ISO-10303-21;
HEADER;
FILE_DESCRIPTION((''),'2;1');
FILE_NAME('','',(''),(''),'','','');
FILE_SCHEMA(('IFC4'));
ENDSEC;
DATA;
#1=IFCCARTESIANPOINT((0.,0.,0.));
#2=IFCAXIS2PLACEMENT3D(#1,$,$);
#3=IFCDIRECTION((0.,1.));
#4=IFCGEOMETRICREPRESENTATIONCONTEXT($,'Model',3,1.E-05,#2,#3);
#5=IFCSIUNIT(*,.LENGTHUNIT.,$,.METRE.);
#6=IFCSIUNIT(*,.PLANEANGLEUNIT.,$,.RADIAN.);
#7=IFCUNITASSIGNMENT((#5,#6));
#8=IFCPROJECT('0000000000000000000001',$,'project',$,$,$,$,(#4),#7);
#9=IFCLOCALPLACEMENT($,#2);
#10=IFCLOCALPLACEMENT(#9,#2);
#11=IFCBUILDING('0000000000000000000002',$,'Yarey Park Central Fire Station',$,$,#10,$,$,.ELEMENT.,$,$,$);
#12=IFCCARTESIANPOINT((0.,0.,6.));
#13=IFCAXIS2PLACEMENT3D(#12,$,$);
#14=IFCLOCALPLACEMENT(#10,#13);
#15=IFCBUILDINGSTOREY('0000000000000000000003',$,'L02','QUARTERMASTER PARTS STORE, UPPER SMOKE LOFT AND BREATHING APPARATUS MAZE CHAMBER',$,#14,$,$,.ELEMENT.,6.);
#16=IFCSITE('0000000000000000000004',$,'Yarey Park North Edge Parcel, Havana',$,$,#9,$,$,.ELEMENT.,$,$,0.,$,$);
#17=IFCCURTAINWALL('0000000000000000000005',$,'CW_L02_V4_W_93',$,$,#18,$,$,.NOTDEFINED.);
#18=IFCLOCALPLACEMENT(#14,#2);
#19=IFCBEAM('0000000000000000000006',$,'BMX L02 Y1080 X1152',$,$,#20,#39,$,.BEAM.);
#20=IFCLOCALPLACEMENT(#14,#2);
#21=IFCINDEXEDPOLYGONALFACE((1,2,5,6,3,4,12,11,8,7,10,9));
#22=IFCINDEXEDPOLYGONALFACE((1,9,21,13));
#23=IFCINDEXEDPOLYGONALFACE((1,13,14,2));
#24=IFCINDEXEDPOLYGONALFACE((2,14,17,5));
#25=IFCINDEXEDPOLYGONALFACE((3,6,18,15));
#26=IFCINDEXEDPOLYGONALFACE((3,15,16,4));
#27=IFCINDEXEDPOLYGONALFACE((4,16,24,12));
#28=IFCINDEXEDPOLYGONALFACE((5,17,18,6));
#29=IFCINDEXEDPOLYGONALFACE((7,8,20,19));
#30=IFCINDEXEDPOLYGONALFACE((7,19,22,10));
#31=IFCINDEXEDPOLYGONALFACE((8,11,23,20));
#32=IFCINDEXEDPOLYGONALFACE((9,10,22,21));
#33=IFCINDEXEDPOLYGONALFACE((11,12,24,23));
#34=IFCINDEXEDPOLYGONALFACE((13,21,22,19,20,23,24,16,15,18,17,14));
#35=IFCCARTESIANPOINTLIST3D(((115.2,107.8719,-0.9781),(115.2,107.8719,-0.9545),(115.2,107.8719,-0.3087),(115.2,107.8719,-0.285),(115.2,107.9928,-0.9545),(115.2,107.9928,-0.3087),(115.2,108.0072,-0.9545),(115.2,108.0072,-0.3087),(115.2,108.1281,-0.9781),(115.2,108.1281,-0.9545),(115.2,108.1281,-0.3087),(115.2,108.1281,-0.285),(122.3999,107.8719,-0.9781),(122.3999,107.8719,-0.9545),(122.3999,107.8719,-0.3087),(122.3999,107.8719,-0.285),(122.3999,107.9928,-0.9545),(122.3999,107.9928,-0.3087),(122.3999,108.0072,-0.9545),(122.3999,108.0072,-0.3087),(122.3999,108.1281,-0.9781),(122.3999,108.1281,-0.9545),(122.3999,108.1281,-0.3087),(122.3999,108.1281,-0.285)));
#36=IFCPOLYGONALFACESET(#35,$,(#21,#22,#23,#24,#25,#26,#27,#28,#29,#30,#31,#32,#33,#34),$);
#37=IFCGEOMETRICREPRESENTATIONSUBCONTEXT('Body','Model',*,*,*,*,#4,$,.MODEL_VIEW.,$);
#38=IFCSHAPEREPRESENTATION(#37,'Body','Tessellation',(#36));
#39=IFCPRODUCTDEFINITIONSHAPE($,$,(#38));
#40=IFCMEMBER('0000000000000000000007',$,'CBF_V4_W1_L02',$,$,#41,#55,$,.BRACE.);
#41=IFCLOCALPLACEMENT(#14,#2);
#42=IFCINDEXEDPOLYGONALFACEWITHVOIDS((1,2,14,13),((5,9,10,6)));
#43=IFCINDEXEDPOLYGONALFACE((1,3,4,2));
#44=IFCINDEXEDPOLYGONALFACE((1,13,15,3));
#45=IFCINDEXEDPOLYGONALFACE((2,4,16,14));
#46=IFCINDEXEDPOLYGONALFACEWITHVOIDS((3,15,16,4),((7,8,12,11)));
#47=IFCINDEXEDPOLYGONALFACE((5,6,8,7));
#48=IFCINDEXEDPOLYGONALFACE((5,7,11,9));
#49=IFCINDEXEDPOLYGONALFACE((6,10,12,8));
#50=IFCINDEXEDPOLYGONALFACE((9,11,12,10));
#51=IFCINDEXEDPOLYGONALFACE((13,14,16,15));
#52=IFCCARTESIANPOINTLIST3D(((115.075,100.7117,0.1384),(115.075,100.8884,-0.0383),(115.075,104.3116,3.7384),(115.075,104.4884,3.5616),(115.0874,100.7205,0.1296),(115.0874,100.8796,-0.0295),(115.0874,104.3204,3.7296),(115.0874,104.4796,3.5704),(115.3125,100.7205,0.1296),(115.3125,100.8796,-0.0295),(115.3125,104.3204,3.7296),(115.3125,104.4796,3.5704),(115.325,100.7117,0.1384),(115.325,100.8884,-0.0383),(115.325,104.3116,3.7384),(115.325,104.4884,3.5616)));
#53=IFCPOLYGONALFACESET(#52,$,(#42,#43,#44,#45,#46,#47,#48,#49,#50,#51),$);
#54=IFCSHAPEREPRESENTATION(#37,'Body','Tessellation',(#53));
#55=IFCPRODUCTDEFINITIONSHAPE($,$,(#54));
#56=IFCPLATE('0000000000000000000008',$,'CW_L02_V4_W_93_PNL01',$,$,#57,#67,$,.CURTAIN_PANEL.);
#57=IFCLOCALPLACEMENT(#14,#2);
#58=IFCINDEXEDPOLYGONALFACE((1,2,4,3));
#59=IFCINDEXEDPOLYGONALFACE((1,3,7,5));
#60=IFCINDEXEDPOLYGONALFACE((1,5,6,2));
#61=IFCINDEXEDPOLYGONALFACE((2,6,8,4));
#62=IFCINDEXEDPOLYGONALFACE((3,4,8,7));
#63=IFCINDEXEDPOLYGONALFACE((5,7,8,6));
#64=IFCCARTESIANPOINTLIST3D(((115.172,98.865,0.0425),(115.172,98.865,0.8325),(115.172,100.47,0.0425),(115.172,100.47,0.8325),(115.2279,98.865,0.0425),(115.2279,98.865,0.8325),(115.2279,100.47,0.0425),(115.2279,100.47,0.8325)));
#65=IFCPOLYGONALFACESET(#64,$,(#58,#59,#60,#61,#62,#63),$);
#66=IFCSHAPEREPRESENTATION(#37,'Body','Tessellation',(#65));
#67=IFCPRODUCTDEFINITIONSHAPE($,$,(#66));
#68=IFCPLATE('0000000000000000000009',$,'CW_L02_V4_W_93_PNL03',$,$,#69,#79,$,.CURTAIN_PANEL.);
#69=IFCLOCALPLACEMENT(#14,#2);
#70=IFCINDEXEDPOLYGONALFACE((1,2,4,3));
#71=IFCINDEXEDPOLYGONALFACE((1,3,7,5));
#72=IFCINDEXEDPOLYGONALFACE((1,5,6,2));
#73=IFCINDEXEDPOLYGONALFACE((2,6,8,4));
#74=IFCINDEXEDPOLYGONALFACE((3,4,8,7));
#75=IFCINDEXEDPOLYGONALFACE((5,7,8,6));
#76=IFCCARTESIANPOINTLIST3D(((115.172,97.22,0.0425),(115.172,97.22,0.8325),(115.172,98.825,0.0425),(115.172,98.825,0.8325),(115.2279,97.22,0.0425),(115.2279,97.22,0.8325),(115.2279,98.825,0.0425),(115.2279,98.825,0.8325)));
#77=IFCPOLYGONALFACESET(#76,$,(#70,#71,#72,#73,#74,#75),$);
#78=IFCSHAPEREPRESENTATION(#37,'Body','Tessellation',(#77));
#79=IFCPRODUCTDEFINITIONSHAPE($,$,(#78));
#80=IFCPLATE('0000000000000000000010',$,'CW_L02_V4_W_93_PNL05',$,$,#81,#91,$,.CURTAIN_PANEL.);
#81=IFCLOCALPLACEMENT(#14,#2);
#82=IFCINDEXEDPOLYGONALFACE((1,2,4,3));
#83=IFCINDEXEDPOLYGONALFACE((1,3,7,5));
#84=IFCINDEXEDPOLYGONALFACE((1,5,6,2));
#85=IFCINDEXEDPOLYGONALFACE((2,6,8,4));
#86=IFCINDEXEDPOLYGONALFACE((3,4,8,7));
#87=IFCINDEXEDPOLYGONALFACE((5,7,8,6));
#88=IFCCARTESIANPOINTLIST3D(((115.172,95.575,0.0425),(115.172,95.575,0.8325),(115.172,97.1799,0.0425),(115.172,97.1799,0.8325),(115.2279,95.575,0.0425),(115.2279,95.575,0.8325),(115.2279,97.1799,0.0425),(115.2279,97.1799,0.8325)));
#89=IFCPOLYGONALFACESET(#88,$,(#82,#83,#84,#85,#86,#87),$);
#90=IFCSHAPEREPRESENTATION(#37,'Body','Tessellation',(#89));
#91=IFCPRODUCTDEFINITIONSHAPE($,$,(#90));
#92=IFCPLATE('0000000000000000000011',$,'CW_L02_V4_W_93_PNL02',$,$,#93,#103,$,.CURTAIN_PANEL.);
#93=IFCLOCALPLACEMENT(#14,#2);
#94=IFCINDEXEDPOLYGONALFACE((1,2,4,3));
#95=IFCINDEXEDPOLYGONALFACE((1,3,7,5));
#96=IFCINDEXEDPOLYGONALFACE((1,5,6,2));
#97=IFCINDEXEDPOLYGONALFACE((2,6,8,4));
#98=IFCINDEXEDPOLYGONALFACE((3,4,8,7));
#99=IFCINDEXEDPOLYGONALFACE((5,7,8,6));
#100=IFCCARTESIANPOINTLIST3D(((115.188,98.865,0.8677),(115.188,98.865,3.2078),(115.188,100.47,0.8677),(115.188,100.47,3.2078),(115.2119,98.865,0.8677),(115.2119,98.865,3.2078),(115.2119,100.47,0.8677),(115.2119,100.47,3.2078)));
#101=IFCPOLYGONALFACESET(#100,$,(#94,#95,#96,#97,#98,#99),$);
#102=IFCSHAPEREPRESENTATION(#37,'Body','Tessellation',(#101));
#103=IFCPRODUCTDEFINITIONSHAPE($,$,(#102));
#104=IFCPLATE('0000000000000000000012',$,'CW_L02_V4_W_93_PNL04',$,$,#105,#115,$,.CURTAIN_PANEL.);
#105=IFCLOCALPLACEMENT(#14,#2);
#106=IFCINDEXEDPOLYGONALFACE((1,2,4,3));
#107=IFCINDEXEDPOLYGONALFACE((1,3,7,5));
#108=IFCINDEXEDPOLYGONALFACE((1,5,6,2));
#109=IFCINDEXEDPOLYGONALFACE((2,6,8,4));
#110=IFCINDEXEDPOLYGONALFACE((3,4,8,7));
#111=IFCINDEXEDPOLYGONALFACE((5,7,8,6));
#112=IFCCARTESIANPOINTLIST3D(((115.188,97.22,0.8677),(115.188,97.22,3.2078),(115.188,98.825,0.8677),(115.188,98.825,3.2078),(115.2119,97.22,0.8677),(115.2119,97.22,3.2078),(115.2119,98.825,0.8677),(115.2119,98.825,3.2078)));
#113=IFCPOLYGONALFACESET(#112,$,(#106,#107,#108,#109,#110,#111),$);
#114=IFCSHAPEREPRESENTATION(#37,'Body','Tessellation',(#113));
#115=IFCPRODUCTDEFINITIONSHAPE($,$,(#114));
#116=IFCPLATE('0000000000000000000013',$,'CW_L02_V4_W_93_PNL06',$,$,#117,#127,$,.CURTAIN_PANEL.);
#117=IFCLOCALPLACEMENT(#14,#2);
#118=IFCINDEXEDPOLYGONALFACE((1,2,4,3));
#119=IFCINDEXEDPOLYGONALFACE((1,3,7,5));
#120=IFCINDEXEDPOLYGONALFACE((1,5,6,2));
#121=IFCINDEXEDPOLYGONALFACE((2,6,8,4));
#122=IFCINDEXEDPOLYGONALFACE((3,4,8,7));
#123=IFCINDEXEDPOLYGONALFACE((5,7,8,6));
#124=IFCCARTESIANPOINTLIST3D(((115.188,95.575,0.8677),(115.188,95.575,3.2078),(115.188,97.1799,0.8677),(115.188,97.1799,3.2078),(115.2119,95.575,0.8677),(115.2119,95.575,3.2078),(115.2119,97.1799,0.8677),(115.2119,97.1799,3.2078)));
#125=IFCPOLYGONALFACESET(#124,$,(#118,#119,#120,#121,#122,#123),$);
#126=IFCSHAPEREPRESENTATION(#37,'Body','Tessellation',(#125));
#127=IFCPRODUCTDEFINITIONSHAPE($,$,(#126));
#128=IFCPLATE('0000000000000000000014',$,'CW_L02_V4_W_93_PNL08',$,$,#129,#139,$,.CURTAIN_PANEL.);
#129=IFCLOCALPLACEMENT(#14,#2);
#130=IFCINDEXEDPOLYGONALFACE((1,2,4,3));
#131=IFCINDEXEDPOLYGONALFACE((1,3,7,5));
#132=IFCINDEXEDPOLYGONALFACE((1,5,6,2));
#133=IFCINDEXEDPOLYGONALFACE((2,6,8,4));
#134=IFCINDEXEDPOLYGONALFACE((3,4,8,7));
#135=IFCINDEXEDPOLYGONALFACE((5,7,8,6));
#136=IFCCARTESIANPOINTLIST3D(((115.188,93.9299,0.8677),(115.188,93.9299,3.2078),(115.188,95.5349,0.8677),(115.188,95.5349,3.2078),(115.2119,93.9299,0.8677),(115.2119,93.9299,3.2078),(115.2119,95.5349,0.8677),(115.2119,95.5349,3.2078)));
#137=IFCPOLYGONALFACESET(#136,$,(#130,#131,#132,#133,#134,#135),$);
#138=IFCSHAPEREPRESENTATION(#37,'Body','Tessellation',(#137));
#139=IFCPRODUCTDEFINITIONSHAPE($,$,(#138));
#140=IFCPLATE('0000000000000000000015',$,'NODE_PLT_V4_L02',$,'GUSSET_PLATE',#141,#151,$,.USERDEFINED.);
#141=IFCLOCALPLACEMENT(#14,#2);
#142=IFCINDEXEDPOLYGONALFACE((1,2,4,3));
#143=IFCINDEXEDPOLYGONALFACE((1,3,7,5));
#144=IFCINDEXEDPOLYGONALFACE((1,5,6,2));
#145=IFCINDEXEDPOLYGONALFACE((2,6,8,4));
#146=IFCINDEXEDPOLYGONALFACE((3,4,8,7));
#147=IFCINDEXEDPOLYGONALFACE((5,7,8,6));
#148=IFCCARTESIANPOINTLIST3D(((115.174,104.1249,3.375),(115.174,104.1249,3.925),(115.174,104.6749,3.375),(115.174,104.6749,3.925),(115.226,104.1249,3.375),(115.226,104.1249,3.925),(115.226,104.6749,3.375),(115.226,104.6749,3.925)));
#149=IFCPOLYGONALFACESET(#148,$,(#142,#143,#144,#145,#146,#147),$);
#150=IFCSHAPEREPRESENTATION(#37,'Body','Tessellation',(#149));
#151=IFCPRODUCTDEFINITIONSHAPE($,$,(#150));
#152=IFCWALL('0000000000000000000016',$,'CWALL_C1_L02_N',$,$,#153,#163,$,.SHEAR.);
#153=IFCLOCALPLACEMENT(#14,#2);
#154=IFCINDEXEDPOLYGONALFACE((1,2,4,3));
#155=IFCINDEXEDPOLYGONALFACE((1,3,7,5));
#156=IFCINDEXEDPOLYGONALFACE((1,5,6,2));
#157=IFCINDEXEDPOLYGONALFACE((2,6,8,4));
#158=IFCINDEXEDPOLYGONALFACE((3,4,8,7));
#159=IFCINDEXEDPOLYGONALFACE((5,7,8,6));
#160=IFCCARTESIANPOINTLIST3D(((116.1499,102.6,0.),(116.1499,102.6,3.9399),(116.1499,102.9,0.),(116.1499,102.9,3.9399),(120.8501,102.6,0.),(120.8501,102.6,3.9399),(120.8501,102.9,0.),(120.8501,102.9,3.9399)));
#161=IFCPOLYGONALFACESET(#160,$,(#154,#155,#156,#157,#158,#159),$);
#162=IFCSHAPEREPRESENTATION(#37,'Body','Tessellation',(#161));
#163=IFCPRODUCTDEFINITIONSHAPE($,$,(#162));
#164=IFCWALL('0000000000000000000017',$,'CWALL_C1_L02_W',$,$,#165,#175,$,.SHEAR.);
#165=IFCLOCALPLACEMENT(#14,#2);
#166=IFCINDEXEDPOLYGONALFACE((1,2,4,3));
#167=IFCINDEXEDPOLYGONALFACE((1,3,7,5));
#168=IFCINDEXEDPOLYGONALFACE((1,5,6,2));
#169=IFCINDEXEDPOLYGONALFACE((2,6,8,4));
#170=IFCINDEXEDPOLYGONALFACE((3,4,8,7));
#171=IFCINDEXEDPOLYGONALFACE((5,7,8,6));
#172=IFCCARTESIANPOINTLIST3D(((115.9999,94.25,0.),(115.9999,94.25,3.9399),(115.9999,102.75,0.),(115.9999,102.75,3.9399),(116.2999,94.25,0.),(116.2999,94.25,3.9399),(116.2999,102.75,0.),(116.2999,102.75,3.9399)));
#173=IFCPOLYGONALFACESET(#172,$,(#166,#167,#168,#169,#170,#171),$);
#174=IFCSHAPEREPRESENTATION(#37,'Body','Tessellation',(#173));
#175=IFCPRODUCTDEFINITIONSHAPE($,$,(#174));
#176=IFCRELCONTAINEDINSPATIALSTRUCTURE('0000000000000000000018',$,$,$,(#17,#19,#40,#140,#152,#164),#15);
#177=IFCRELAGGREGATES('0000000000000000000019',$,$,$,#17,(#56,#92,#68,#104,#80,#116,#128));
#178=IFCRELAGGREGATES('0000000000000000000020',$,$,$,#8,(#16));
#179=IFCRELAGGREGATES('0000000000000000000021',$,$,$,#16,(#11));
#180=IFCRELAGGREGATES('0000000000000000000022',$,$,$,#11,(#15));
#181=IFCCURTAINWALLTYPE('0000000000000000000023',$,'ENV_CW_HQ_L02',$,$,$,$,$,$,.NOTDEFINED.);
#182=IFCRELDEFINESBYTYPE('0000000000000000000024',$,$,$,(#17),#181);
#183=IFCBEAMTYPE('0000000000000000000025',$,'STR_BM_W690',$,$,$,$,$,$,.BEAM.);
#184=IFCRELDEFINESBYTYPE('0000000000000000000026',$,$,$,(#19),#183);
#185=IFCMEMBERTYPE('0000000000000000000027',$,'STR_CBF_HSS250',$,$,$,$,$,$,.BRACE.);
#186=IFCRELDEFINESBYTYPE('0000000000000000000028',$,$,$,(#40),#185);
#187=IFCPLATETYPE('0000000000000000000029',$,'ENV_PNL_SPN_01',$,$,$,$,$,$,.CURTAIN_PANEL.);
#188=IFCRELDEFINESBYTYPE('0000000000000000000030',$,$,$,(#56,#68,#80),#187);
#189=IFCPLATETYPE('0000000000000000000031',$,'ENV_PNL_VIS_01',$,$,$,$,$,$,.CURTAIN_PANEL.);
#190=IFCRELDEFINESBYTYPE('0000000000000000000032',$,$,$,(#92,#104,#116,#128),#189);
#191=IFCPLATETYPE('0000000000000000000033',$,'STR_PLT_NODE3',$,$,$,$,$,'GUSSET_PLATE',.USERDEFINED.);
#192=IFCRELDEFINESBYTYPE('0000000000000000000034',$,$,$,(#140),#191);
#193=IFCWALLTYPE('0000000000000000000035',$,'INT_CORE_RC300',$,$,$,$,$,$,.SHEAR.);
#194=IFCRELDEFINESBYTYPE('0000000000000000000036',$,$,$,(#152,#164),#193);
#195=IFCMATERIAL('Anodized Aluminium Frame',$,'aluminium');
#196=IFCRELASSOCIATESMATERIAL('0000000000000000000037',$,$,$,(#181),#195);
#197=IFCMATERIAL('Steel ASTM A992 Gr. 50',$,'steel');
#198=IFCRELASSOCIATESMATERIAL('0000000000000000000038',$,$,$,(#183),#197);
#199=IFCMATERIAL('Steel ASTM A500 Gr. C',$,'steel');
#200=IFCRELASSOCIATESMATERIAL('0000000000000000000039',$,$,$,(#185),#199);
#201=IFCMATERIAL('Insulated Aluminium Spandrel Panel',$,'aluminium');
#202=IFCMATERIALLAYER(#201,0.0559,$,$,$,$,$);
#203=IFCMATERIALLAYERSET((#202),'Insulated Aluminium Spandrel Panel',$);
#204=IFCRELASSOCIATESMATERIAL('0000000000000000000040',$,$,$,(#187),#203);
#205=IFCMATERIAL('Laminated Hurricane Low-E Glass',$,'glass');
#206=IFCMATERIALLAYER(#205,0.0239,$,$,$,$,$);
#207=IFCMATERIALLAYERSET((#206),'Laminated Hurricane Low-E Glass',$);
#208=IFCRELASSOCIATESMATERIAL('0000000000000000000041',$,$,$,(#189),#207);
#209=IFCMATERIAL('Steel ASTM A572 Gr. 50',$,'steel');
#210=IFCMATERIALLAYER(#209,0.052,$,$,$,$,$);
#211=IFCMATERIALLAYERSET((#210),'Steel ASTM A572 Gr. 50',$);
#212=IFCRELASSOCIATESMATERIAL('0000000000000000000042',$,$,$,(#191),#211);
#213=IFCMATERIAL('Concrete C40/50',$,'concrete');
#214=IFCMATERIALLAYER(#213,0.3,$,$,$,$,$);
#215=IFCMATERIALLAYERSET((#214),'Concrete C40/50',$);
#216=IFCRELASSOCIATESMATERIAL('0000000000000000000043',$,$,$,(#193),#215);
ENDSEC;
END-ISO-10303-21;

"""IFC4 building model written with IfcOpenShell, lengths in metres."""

from ifc_helpers import new_model, si_unit, direction, frame, frame_2d, origin, origin_2d, place, context, subcontext, project, spatial, rectangle, hollow_rectangle, i_section, extrude, material, layer, layer_set, material_profile, profile_set, type_object, element, aggregate, save


model = new_model("IFC4")

# Units and contexts
model_context = context("Model", 3, precision=1e-05, world=origin(), true_north=direction((0.0, 1.0)))
body_context = subcontext(model_context, "Body", "Model", "MODEL_VIEW")
ifc_project = project(units=[si_unit("LENGTHUNIT", "METRE"), si_unit("PLANEANGLEUNIT", "RADIAN")], contexts=[model_context])

# Site, building, storey
site_placement = place(None, origin())
site = spatial("IfcSite", under=ifc_project, at=site_placement, Name="Yarey Park North Edge Parcel, Havana", CompositionType="ELEMENT", RefElevation=0.0)
building_placement = place(site_placement, origin())
building = spatial("IfcBuilding", under=site, at=building_placement, Name="Yarey Park Central Fire Station", CompositionType="ELEMENT")
storey_placement = place(building_placement, frame((0.0, 0.0, 6.0)))
storey = spatial("IfcBuildingStorey", under=building, at=storey_placement, Name="L02", Description="QUARTERMASTER PARTS STORE, UPPER SMOKE LOFT AND BREATHING APPARATUS MAZE CHAMBER", CompositionType="ELEMENT", Elevation=6.0)

# Shared definitions
ifc_material_1 = material(Name="Concrete C40/50", Category="concrete")

# Curtain wall
ifc_material_2 = material(Name="Anodized Aluminium Frame", Category="aluminium")
curtain_wall_type = type_object("IfcCurtainWallType", Name="ENV_CW_HQ_L02", PredefinedType="NOTDEFINED", material=ifc_material_2)
curtain_wall_placement = place(storey_placement, origin())
curtain_wall = element("IfcCurtainWall", 1, at=curtain_wall_placement, inside=storey, type_object=curtain_wall_type, Name="CW_L02_V4_W_93", PredefinedType="NOTDEFINED")

# Beam
ifc_material_3 = material(Name="Steel ASTM A992 Gr. 50", Category="steel")
ifc_material_profile_1 = material_profile(ifc_material_3, i_section(OverallWidth=0.2561, OverallDepth=0.6931, WebThickness=0.0144, FlangeThickness=0.0237, at=origin_2d()), Name="W690x170")
ifc_profile_set_1 = profile_set([ifc_material_profile_1], Name="Steel ASTM A992 Gr. 50")
beam_type_1 = type_object("IfcBeamType", Name="STR_BM_W690", PredefinedType="BEAM", material=ifc_profile_set_1)
beam_1_placement = place(storey_placement, frame((115.2, 108.0, -0.6316), z_axis=(1.0, 0.0, 0.0), x_axis=(0.0, 1.0, 0.0)))
element("IfcBeam", 2, at=beam_1_placement, inside=storey, type_object=beam_type_1, Name="BMX L02 Y1080 X1152", PredefinedType="BEAM", context=body_context, shape_type="SweptSolid", body=[
    extrude(i_section(OverallWidth=0.2561, OverallDepth=0.6931, WebThickness=0.0144, FlangeThickness=0.0237, at=origin_2d()), origin(), (0.0, 0.0, 1.0), 7.2),
])

# Member
ifc_material_4 = material(Name="Steel ASTM A500 Gr. C", Category="steel")
ifc_material_profile_2 = material_profile(ifc_material_4, hollow_rectangle(XDim=0.25, YDim=0.25, WallThickness=0.0125, at=origin_2d()), Name="HSS 250x250x12.5")
ifc_profile_set_2 = profile_set([ifc_material_profile_2], Name="Steel ASTM A500 Gr. C")
member_type_1 = type_object("IfcMemberType", Name="STR_CBF_HSS250", PredefinedType="BRACE", material=ifc_profile_set_2)
member_1_placement = place(storey_placement, frame((115.2, 100.8, 0.05), z_axis=(0.0, 0.707107, 0.707107), x_axis=(-1.0, 0.0, 0.0)))
element("IfcMember", 3, at=member_1_placement, inside=storey, type_object=member_type_1, Name="CBF_V4_W1_L02", PredefinedType="BRACE", context=body_context, shape_type="SweptSolid", body=[
    extrude(hollow_rectangle(XDim=0.25, YDim=0.25, WallThickness=0.0125, at=origin_2d()), origin(), (0.0, 0.0, 1.0), 5.0911),
])

# Plates
ifc_material_5 = material(Name="Insulated Aluminium Spandrel Panel", Category="aluminium")
ifc_layer_1 = layer(ifc_material_5, 0.0559)
ifc_layer_set_1 = layer_set([ifc_layer_1], Name="Insulated Aluminium Spandrel Panel")
plate_type_1 = type_object("IfcPlateType", Name="ENV_PNL_SPN_01", PredefinedType="CURTAIN_PANEL", material=ifc_layer_set_1)
plate_1_placement = place(storey_placement, frame((115.2, 99.6675, 0.0425), z_axis=(0.0, 0.0, 1.0), x_axis=(0.0, -1.0, 0.0)))
plate_1 = element("IfcPlate", 4, at=plate_1_placement, type_object=plate_type_1, Name="CW_L02_V4_W_93_PNL01", PredefinedType="CURTAIN_PANEL", context=body_context, shape_type="SweptSolid", body=[
    extrude(rectangle(XDim=1.605, YDim=0.0559, at=origin_2d()), origin(), (0.0, 0.0, 1.0), 0.79),
])
plate_2_placement = place(storey_placement, frame((115.2, 98.0225, 0.0425), z_axis=(0.0, 0.0, 1.0), x_axis=(0.0, -1.0, 0.0)))
plate_2 = element("IfcPlate", 5, at=plate_2_placement, type_object=plate_type_1, Name="CW_L02_V4_W_93_PNL03", PredefinedType="CURTAIN_PANEL", context=body_context, shape_type="SweptSolid", body=[
    extrude(rectangle(XDim=1.605, YDim=0.0559, at=origin_2d()), origin(), (0.0, 0.0, 1.0), 0.79),
])
plate_3_placement = place(storey_placement, frame((115.2, 96.3774, 0.0425), z_axis=(0.0, 0.0, 1.0), x_axis=(0.0, -1.0, 0.0)))
plate_3 = element("IfcPlate", 6, at=plate_3_placement, type_object=plate_type_1, Name="CW_L02_V4_W_93_PNL05", PredefinedType="CURTAIN_PANEL", context=body_context, shape_type="SweptSolid", body=[
    extrude(rectangle(XDim=1.605, YDim=0.0559, at=origin_2d()), origin(), (0.0, 0.0, 1.0), 0.79),
])
ifc_material_6 = material(Name="Laminated Hurricane Low-E Glass", Category="glass")
ifc_layer_2 = layer(ifc_material_6, 0.0239)
ifc_layer_set_2 = layer_set([ifc_layer_2], Name="Laminated Hurricane Low-E Glass")
plate_type_2 = type_object("IfcPlateType", Name="ENV_PNL_VIS_01", PredefinedType="CURTAIN_PANEL", material=ifc_layer_set_2)
plate_4_placement = place(storey_placement, frame((115.2, 99.6675, 0.8677), z_axis=(0.0, 0.0, 1.0), x_axis=(0.0, -1.0, 0.0)))
plate_4 = element("IfcPlate", 7, at=plate_4_placement, type_object=plate_type_2, Name="CW_L02_V4_W_93_PNL02", PredefinedType="CURTAIN_PANEL", context=body_context, shape_type="SweptSolid", body=[
    extrude(rectangle(XDim=1.605, YDim=0.0239, at=origin_2d()), origin(), (0.0, 0.0, 1.0), 2.3401),
])
plate_5_placement = place(storey_placement, frame((115.2, 98.0225, 0.8677), z_axis=(0.0, 0.0, 1.0), x_axis=(0.0, -1.0, 0.0)))
plate_5 = element("IfcPlate", 8, at=plate_5_placement, type_object=plate_type_2, Name="CW_L02_V4_W_93_PNL04", PredefinedType="CURTAIN_PANEL", context=body_context, shape_type="SweptSolid", body=[
    extrude(rectangle(XDim=1.605, YDim=0.0239, at=origin_2d()), origin(), (0.0, 0.0, 1.0), 2.3401),
])
plate_6_placement = place(storey_placement, frame((115.2, 96.3774, 0.8677), z_axis=(0.0, 0.0, 1.0), x_axis=(0.0, -1.0, 0.0)))
plate_6 = element("IfcPlate", 9, at=plate_6_placement, type_object=plate_type_2, Name="CW_L02_V4_W_93_PNL06", PredefinedType="CURTAIN_PANEL", context=body_context, shape_type="SweptSolid", body=[
    extrude(rectangle(XDim=1.605, YDim=0.0239, at=origin_2d()), origin(), (0.0, 0.0, 1.0), 2.3401),
])
plate_7_placement = place(storey_placement, frame((115.2, 94.7324, 0.8677), z_axis=(0.0, 0.0, 1.0), x_axis=(0.0, -1.0, 0.0)))
plate_7 = element("IfcPlate", 10, at=plate_7_placement, type_object=plate_type_2, Name="CW_L02_V4_W_93_PNL08", PredefinedType="CURTAIN_PANEL", context=body_context, shape_type="SweptSolid", body=[
    extrude(rectangle(XDim=1.605, YDim=0.0239, at=origin_2d()), origin(), (0.0, 0.0, 1.0), 2.3401),
])
aggregate(curtain_wall, [plate_1, plate_4, plate_2, plate_5, plate_3, plate_6, plate_7])
ifc_material_7 = material(Name="Steel ASTM A572 Gr. 50", Category="steel")
ifc_layer_3 = layer(ifc_material_7, 0.052)
ifc_layer_set_3 = layer_set([ifc_layer_3], Name="Steel ASTM A572 Gr. 50")
plate_type_3 = type_object("IfcPlateType", Name="STR_PLT_NODE3", ElementType="GUSSET_PLATE", PredefinedType="USERDEFINED", material=ifc_layer_set_3)
plate_8_placement = place(storey_placement, frame((115.2, 104.3999, 3.375), z_axis=(0.0, 0.0, 1.0), x_axis=(1.0, 0.0, 0.0)))
element("IfcPlate", 11, at=plate_8_placement, inside=storey, type_object=plate_type_3, Name="NODE_PLT_V4_L02", ObjectType="GUSSET_PLATE", PredefinedType="USERDEFINED", context=body_context, shape_type="SweptSolid", body=[
    extrude(rectangle(XDim=0.052, YDim=0.55, at=origin_2d()), origin(), (0.0, 0.0, 1.0), 0.55),
])

# Walls
ifc_layer_4 = layer(ifc_material_1, 0.3)
ifc_layer_set_4 = layer_set([ifc_layer_4], Name="Concrete C40/50")
wall_type_1 = type_object("IfcWallType", Name="INT_CORE_RC300", PredefinedType="SHEAR", material=ifc_layer_set_4)
wall_1_placement = place(storey_placement, frame((120.8501, 102.75, 0.0), z_axis=(0.0, 0.0, 1.0), x_axis=(-1.0, 0.0, 0.0)))
element("IfcWall", 12, at=wall_1_placement, inside=storey, type_object=wall_type_1, Name="CWALL_C1_L02_N", PredefinedType="SHEAR", context=body_context, shape_type="SweptSolid", body=[
    extrude(rectangle(XDim=4.7002, YDim=0.3, at=frame_2d((2.3501, 0.0))), origin(), (0.0, 0.0, 1.0), 3.9399),
])
wall_2_placement = place(storey_placement, frame((116.1499, 102.75, 0.0), z_axis=(0.0, 0.0, 1.0), x_axis=(0.0, -1.0, 0.0)))
element("IfcWall", 13, at=wall_2_placement, inside=storey, type_object=wall_type_1, Name="CWALL_C1_L02_W", PredefinedType="SHEAR", context=body_context, shape_type="SweptSolid", body=[
    extrude(rectangle(XDim=8.5, YDim=0.3, at=frame_2d((4.25, 0.0))), origin(), (0.0, 0.0, 1.0), 3.9399),
])

save(model, "model.ifc")
